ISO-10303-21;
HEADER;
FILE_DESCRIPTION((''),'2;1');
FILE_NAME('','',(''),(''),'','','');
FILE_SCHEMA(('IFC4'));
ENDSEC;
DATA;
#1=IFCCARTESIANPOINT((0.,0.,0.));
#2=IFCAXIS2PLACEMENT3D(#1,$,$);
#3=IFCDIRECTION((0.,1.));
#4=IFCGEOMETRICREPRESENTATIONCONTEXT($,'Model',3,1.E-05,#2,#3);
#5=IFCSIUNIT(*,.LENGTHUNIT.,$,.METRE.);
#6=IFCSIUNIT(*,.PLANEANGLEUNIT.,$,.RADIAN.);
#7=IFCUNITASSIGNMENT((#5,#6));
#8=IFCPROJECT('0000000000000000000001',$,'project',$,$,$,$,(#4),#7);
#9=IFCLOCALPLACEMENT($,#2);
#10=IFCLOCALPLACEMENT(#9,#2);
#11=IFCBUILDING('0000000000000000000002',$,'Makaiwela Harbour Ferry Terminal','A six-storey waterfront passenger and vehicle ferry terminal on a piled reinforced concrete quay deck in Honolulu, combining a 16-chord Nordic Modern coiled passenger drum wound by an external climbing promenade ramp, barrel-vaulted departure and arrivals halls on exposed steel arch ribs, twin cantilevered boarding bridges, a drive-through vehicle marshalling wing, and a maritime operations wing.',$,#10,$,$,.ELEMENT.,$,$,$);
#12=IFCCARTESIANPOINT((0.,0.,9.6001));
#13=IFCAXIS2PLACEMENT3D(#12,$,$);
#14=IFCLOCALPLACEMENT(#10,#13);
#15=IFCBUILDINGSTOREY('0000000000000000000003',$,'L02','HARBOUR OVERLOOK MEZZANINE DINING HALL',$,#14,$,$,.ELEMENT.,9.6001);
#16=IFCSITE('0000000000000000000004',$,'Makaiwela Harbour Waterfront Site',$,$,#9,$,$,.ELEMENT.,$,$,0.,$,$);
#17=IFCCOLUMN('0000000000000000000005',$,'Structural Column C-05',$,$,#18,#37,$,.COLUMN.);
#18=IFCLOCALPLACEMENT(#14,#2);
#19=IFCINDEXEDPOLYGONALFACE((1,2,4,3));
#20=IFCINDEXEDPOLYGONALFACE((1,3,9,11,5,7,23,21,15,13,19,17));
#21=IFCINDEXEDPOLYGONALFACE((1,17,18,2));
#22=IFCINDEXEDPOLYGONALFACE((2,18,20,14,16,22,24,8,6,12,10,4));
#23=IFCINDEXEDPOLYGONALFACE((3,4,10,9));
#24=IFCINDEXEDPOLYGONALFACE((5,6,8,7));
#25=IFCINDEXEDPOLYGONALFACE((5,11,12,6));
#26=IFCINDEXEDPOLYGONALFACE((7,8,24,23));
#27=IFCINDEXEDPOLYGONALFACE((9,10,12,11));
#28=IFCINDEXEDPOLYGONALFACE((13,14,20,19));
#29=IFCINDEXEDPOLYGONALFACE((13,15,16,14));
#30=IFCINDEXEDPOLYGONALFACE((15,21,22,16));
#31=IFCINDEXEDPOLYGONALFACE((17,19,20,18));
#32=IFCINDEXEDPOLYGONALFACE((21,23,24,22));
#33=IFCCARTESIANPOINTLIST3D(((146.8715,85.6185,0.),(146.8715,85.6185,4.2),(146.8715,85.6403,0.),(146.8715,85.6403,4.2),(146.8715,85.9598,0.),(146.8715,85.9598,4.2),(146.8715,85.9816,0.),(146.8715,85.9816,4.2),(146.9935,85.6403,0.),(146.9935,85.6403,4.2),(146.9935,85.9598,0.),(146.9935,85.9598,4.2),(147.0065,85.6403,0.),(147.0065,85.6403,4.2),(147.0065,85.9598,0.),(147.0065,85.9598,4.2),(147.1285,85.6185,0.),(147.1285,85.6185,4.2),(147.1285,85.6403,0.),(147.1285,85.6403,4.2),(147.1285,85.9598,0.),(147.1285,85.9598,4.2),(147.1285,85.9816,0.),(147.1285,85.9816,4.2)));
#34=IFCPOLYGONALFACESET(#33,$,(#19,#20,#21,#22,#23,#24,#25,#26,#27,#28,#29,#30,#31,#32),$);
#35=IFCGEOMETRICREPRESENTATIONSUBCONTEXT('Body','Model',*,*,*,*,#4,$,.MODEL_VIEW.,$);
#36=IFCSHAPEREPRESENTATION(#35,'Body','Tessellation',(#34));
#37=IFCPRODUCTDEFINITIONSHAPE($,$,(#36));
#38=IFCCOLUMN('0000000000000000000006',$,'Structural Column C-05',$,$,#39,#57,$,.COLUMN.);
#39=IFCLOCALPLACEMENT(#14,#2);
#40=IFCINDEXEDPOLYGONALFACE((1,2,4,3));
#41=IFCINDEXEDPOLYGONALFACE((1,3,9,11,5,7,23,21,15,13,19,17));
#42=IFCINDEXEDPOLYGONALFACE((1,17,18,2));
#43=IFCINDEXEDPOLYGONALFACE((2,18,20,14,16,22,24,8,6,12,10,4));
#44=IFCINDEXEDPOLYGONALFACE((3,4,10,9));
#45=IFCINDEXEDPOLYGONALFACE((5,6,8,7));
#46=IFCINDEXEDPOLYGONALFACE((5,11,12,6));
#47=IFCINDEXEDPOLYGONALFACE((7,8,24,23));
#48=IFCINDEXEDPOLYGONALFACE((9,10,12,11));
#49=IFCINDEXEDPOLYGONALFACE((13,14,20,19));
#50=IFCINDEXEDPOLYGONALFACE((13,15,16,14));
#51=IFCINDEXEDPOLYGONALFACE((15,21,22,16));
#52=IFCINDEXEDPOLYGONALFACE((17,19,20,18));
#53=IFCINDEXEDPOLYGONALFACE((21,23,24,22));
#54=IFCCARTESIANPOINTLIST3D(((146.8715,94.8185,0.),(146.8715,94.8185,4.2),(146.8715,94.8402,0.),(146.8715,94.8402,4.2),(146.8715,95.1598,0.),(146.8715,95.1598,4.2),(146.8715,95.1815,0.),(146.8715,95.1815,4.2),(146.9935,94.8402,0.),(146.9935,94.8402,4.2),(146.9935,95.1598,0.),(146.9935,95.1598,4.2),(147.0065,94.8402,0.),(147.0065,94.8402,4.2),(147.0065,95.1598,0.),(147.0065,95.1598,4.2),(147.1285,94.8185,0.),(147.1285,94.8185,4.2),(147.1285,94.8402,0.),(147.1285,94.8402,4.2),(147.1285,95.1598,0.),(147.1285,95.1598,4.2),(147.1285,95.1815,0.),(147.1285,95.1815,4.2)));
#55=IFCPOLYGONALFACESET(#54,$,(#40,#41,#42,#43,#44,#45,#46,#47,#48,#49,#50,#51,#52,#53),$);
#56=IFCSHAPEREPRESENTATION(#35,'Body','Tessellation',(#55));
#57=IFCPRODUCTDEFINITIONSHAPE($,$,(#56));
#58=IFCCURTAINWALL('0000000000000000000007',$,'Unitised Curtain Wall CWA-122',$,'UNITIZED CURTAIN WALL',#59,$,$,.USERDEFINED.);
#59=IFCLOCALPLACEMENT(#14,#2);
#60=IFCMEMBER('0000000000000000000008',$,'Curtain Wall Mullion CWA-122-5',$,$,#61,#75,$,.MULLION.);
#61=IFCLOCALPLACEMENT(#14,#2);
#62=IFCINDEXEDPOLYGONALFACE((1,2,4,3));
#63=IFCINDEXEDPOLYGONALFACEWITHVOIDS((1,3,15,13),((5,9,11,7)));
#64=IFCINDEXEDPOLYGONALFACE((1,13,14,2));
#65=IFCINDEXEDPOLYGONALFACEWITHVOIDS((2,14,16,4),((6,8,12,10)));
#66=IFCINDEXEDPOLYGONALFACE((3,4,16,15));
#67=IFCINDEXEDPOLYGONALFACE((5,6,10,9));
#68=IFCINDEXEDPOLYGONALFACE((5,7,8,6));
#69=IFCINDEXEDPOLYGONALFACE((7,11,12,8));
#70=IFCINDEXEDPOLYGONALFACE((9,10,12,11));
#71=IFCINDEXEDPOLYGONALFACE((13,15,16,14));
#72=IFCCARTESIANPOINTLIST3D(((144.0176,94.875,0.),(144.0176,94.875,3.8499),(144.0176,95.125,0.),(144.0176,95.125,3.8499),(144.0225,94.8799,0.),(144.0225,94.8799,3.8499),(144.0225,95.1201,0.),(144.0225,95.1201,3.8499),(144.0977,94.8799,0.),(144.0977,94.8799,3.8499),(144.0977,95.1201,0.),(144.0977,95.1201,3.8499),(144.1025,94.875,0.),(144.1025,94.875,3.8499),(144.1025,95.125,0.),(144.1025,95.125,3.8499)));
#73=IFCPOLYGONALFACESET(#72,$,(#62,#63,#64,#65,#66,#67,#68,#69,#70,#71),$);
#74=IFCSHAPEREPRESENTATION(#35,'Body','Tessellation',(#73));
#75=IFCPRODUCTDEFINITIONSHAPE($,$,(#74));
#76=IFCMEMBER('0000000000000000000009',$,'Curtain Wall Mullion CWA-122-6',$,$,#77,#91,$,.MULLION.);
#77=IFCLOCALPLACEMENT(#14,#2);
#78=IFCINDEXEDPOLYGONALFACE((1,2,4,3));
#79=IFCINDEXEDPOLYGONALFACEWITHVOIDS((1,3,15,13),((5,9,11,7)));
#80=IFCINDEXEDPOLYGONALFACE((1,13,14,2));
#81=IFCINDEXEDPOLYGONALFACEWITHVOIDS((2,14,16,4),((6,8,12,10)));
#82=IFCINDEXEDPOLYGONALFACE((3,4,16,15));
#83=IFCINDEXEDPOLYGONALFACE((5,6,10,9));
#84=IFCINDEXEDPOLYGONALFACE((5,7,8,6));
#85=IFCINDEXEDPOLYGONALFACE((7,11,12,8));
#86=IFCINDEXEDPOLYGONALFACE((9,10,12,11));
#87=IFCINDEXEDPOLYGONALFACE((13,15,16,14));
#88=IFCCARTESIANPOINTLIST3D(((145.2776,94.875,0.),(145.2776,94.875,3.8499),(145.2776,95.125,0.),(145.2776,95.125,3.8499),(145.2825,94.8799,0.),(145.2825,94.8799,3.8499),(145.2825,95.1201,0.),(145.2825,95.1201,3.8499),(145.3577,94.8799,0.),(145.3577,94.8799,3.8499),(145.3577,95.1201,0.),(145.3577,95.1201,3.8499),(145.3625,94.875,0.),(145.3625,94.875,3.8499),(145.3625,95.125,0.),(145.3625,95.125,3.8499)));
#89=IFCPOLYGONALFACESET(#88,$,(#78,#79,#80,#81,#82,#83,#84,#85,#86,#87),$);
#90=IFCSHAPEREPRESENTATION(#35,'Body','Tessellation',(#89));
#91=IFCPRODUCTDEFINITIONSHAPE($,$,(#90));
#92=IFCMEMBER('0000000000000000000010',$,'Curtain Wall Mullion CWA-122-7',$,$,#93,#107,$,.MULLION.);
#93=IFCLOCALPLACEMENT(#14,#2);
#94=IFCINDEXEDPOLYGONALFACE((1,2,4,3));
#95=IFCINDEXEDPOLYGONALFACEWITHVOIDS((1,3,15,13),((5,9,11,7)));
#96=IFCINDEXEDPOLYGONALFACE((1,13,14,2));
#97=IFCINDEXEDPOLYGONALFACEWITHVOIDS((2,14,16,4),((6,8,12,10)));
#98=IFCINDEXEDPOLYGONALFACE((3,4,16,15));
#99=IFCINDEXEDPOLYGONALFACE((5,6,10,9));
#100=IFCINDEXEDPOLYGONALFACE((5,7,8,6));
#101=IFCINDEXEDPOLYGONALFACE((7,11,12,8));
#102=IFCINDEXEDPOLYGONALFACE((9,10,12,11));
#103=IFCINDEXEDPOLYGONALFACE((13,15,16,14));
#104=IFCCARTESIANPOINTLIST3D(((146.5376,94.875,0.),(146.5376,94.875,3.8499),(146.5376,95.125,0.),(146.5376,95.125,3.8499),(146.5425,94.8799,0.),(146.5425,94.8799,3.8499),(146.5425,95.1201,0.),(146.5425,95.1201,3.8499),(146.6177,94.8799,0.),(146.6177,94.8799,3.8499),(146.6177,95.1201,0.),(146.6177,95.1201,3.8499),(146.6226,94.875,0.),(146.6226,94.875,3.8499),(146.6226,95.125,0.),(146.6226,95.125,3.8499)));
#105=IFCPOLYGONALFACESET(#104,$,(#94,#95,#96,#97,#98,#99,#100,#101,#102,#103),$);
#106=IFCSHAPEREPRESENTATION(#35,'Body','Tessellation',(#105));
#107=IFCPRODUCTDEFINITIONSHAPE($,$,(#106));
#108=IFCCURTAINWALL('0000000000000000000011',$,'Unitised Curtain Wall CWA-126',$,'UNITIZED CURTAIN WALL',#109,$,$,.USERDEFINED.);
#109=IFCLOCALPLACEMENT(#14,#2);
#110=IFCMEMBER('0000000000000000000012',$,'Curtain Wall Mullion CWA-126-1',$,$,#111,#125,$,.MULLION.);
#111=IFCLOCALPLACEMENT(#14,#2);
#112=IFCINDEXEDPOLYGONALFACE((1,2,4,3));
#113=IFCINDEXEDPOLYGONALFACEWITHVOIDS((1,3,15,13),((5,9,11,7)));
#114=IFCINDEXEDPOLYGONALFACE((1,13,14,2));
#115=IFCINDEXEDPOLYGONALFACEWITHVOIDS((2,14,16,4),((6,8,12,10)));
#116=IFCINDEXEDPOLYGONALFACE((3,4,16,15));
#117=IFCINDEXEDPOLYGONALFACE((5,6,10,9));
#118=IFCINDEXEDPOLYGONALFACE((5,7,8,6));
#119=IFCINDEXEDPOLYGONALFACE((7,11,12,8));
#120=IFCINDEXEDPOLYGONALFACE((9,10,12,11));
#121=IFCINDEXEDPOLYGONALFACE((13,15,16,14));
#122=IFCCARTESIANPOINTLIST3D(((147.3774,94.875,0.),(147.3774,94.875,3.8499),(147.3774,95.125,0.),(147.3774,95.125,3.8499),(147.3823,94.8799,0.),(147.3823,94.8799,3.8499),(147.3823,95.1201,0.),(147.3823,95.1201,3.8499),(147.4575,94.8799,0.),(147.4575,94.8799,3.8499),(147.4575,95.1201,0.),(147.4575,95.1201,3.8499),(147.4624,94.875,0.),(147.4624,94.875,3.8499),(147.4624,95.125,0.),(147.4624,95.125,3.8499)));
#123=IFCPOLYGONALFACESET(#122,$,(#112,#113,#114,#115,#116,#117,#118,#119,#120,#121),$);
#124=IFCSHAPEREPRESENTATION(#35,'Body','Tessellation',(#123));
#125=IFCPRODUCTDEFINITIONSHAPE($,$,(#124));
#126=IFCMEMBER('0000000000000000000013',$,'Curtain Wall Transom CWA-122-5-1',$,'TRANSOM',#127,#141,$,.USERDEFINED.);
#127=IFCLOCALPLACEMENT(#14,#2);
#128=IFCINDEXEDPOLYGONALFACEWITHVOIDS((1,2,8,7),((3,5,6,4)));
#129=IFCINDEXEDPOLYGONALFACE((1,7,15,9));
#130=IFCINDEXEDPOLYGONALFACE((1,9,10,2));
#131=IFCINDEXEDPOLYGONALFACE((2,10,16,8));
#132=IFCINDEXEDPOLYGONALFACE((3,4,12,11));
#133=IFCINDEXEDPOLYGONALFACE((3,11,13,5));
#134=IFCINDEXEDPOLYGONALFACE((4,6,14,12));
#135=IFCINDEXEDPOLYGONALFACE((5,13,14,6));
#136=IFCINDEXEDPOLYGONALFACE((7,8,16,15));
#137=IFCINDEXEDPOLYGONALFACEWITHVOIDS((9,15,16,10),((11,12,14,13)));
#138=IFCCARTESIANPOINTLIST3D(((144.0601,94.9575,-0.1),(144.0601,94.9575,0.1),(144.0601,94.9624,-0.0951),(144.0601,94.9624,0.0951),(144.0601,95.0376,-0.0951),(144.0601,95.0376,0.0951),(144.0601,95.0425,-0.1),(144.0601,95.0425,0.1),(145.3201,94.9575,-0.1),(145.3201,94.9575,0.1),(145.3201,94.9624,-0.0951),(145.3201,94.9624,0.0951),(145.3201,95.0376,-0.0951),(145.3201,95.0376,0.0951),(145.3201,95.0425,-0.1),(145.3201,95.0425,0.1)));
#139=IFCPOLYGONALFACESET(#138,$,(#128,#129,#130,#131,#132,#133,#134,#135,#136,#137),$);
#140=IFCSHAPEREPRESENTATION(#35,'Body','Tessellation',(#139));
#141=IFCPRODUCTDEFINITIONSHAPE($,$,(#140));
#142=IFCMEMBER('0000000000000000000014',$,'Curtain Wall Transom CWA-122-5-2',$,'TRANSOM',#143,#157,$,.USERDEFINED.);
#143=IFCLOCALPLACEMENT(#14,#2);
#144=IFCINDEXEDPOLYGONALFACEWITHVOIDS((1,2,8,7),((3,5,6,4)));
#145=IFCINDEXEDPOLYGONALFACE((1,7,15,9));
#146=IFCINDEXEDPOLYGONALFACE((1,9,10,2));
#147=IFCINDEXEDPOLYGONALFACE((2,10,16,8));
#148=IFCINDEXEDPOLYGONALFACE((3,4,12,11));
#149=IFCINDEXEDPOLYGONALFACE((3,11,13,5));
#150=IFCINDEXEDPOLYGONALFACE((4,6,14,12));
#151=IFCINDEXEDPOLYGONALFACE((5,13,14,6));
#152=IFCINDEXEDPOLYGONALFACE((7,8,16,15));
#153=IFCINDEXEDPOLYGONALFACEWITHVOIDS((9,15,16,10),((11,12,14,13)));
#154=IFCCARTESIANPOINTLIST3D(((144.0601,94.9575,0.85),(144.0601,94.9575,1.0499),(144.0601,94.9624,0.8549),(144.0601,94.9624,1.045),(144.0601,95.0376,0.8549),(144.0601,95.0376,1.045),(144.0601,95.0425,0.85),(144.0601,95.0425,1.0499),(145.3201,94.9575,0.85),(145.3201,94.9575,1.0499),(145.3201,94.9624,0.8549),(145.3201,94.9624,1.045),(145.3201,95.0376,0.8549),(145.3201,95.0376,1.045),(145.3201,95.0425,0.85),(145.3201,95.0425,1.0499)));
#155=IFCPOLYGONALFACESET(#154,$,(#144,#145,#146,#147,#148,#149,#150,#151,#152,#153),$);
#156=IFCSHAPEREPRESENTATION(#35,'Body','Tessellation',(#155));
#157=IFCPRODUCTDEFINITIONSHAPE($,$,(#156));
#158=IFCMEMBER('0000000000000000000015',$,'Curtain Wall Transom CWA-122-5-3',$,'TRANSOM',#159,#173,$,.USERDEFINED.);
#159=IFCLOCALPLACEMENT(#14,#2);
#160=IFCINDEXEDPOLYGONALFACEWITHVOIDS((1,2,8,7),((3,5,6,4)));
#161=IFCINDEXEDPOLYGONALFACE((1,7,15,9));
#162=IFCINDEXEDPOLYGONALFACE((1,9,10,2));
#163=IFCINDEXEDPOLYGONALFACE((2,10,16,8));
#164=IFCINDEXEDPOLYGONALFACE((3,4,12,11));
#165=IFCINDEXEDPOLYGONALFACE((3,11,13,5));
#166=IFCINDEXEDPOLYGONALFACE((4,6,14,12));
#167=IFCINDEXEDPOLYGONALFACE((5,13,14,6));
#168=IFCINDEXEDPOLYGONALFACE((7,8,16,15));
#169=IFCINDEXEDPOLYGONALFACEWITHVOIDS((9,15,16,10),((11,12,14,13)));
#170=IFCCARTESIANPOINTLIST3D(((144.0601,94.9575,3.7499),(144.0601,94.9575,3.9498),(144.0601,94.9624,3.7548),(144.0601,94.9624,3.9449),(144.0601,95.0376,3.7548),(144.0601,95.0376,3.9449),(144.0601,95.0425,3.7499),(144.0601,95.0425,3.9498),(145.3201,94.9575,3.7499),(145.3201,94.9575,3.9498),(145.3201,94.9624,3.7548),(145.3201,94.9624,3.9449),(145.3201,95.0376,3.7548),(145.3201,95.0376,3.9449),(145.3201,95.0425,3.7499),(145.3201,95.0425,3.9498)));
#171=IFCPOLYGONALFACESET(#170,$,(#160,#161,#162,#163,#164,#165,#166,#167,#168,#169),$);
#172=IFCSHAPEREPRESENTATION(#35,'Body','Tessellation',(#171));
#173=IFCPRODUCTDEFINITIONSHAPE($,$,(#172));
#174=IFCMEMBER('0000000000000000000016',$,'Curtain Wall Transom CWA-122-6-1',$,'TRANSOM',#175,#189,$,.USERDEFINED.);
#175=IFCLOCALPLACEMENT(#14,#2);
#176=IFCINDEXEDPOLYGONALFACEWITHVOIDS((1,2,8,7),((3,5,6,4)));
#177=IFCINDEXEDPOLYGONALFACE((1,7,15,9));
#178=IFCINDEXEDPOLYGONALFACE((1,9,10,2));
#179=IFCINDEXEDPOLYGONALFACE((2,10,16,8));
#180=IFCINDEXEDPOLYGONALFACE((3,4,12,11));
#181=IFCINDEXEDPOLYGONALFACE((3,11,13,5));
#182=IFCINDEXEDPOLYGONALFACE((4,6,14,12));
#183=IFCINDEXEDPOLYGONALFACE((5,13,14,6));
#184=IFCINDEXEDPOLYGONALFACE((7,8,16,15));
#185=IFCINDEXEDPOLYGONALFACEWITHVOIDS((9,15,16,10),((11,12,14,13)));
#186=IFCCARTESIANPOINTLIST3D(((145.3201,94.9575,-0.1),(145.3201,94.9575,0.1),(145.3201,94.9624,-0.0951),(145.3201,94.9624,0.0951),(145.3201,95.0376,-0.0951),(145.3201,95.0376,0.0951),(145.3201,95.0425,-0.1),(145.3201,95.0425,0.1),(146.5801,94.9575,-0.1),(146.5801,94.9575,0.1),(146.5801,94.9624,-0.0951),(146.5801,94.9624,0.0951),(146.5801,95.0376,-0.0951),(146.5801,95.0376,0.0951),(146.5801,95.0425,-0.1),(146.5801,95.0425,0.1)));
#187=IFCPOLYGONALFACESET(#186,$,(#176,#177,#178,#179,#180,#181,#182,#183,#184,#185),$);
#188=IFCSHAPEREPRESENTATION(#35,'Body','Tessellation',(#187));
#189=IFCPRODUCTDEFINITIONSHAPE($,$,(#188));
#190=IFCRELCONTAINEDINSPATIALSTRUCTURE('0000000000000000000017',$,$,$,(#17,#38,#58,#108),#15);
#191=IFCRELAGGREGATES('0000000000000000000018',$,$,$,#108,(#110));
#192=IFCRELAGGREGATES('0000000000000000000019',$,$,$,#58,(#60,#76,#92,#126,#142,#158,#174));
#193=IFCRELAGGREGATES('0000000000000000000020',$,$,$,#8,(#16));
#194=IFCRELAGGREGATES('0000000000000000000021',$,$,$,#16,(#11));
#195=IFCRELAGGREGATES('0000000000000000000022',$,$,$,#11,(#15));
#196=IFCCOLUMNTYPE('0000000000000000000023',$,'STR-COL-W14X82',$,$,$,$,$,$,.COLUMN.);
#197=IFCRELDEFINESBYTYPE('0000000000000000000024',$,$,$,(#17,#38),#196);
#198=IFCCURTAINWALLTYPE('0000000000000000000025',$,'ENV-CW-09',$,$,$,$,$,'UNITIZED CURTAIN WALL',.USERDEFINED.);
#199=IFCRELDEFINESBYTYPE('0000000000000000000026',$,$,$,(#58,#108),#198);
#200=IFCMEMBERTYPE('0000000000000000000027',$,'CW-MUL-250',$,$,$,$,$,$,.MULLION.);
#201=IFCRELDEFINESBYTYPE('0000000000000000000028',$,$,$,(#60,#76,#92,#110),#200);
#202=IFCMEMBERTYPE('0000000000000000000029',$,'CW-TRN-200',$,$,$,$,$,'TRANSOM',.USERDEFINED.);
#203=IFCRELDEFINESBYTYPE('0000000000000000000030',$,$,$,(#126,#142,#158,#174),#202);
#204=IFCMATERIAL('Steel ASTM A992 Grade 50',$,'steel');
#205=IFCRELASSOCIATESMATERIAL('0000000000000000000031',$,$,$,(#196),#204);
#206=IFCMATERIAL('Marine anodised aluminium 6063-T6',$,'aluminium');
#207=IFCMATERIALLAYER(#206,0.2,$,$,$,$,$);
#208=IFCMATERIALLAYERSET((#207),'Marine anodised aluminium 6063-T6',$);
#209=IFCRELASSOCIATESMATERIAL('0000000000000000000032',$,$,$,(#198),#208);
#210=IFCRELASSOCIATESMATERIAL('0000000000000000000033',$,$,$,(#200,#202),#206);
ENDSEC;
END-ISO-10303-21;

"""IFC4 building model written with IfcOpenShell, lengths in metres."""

from ifc_helpers import new_model, si_unit, direction, frame, origin, origin_2d, place, context, subcontext, project, spatial, hollow_rectangle, i_section, extrude, material, layer, layer_set, material_profile, profile_set, type_object, element, aggregate, save


model = new_model("IFC4")

# Units and contexts
model_context = context("Model", 3, precision=1e-05, world=origin(), true_north=direction((0.0, 1.0)))
body_context = subcontext(model_context, "Body", "Model", "MODEL_VIEW")
ifc_project = project(units=[si_unit("LENGTHUNIT", "METRE"), si_unit("PLANEANGLEUNIT", "RADIAN")], contexts=[model_context])

# Site, building, storey
site_placement = place(None, origin())
site = spatial("IfcSite", under=ifc_project, at=site_placement, Name="Makaiwela Harbour Waterfront Site", CompositionType="ELEMENT", RefElevation=0.0)
building_placement = place(site_placement, origin())
building = spatial("IfcBuilding", under=site, at=building_placement, Name="Makaiwela Harbour Ferry Terminal", Description="A six-storey waterfront passenger and vehicle ferry terminal on a piled reinforced concrete quay deck in Honolulu, combining a 16-chord Nordic Modern coiled passenger drum wound by an external climbing promenade ramp, barrel-vaulted departure and arrivals halls on exposed steel arch ribs, twin cantilevered boarding bridges, a drive-through vehicle marshalling wing, and a maritime operations wing.", CompositionType="ELEMENT")
storey_placement = place(building_placement, frame((0.0, 0.0, 9.6001)))
storey = spatial("IfcBuildingStorey", under=building, at=storey_placement, Name="L02", Description="HARBOUR OVERLOOK MEZZANINE DINING HALL", CompositionType="ELEMENT", Elevation=9.6001)

# Columns
ifc_material_1 = material(Name="Steel ASTM A992 Grade 50", Category="steel")
ifc_material_profile_1 = material_profile(ifc_material_1, i_section(OverallWidth=0.2571, OverallDepth=0.363, WebThickness=0.0129, FlangeThickness=0.0217, at=origin_2d()), Name="W14X82")
ifc_profile_set_1 = profile_set([ifc_material_profile_1], Name="Steel ASTM A992 Grade 50")
column_type = type_object("IfcColumnType", Name="STR-COL-W14X82", PredefinedType="COLUMN", material=ifc_profile_set_1)
for number, where, z_axis, x_axis, name in (
    (1, (147.0, 85.8, 0.0), (0.0, 0.0, 1.0), (1.0, 0.0, 0.0), "Structural Column C-05"),
    (2, (147.0, 95.0, 0.0), (0.0, 0.0, 1.0), (1.0, 0.0, 0.0), "Structural Column C-05"),
):
    element("IfcColumn", number, at=place(storey_placement, frame(where, z_axis=z_axis, x_axis=x_axis)), inside=storey, type_object=column_type, Name=name, PredefinedType="COLUMN", context=body_context, shape_type="SweptSolid", body=[
        extrude(i_section(OverallWidth=0.2571, OverallDepth=0.363, WebThickness=0.0129, FlangeThickness=0.0217, at=origin_2d()), origin(), (0.0, 0.0, 1.0), 4.2),
    ])

# Curtain wall, members
ifc_material_2 = material(Name="Marine anodised aluminium 6063-T6", Category="aluminium")
ifc_layer_1 = layer(ifc_material_2, 0.2)
ifc_layer_set_1 = layer_set([ifc_layer_1], Name="Marine anodised aluminium 6063-T6")
curtain_wall_type = type_object("IfcCurtainWallType", Name="ENV-CW-09", ElementType="UNITIZED CURTAIN WALL", PredefinedType="USERDEFINED", material=ifc_layer_set_1)
curtain_wall_1_placement = place(storey_placement, origin())
curtain_wall_1 = element("IfcCurtainWall", 3, at=curtain_wall_1_placement, inside=storey, type_object=curtain_wall_type, Name="Unitised Curtain Wall CWA-122", ObjectType="UNITIZED CURTAIN WALL", PredefinedType="USERDEFINED")
ifc_material_profile_2 = material_profile(ifc_material_2, hollow_rectangle(XDim=0.085, YDim=0.25, WallThickness=0.0049, at=origin_2d()), Name="CWM-250X85")
ifc_profile_set_2 = profile_set([ifc_material_profile_2], Name="Marine anodised aluminium 6063-T6")
member_type_1 = type_object("IfcMemberType", Name="CW-MUL-250", PredefinedType="MULLION", material=ifc_profile_set_2)
member_1_placement = place(storey_placement, frame((144.0601, 95.0, 0.0), z_axis=(0.0, 0.0, 1.0), x_axis=(1.0, 0.0, 0.0)))
member_1 = element("IfcMember", 4, at=member_1_placement, type_object=member_type_1, Name="Curtain Wall Mullion CWA-122-5", PredefinedType="MULLION", context=body_context, shape_type="SweptSolid", body=[
    extrude(hollow_rectangle(XDim=0.085, YDim=0.25, WallThickness=0.0049, at=origin_2d()), origin(), (0.0, 0.0, 1.0), 3.8499),
])
member_2_placement = place(storey_placement, frame((145.3201, 95.0, 0.0), z_axis=(0.0, 0.0, 1.0), x_axis=(1.0, 0.0, 0.0)))
member_2 = element("IfcMember", 5, at=member_2_placement, type_object=member_type_1, Name="Curtain Wall Mullion CWA-122-6", PredefinedType="MULLION", context=body_context, shape_type="SweptSolid", body=[
    extrude(hollow_rectangle(XDim=0.085, YDim=0.25, WallThickness=0.0049, at=origin_2d()), origin(), (0.0, 0.0, 1.0), 3.8499),
])
member_3_placement = place(storey_placement, frame((146.5801, 95.0, 0.0), z_axis=(0.0, 0.0, 1.0), x_axis=(1.0, 0.0, 0.0)))
member_3 = element("IfcMember", 6, at=member_3_placement, type_object=member_type_1, Name="Curtain Wall Mullion CWA-122-7", PredefinedType="MULLION", context=body_context, shape_type="SweptSolid", body=[
    extrude(hollow_rectangle(XDim=0.085, YDim=0.25, WallThickness=0.0049, at=origin_2d()), origin(), (0.0, 0.0, 1.0), 3.8499),
])

# Curtain wall, member
curtain_wall_2_placement = place(storey_placement, origin())
curtain_wall_2 = element("IfcCurtainWall", 7, at=curtain_wall_2_placement, inside=storey, type_object=curtain_wall_type, Name="Unitised Curtain Wall CWA-126", ObjectType="UNITIZED CURTAIN WALL", PredefinedType="USERDEFINED")
member_4_placement = place(storey_placement, frame((147.4199, 95.0, 0.0), z_axis=(0.0, 0.0, 1.0), x_axis=(1.0, 0.0, 0.0)))
member_4 = element("IfcMember", 8, at=member_4_placement, type_object=member_type_1, Name="Curtain Wall Mullion CWA-126-1", PredefinedType="MULLION", context=body_context, shape_type="SweptSolid", body=[
    extrude(hollow_rectangle(XDim=0.085, YDim=0.25, WallThickness=0.0049, at=origin_2d()), origin(), (0.0, 0.0, 1.0), 3.8499),
])

# Members
ifc_material_profile_3 = material_profile(ifc_material_2, hollow_rectangle(XDim=0.085, YDim=0.2, WallThickness=0.0049, at=origin_2d()), Name="CWT-200X85")
ifc_profile_set_3 = profile_set([ifc_material_profile_3], Name="Marine anodised aluminium 6063-T6")
member_type_2 = type_object("IfcMemberType", Name="CW-TRN-200", ElementType="TRANSOM", PredefinedType="USERDEFINED", material=ifc_profile_set_3)
member_5_placement = place(storey_placement, frame((144.0601, 95.0, 0.0), z_axis=(1.0, 0.0, 0.0), x_axis=(0.0, 1.0, 0.0)))
member_5 = element("IfcMember", 9, at=member_5_placement, type_object=member_type_2, Name="Curtain Wall Transom CWA-122-5-1", ObjectType="TRANSOM", PredefinedType="USERDEFINED", context=body_context, shape_type="SweptSolid", body=[
    extrude(hollow_rectangle(XDim=0.085, YDim=0.2, WallThickness=0.0049, at=origin_2d()), origin(), (0.0, 0.0, 1.0), 1.26),
])
member_6_placement = place(storey_placement, frame((144.0601, 95.0, 0.95), z_axis=(1.0, 0.0, 0.0), x_axis=(0.0, 1.0, 0.0)))
member_6 = element("IfcMember", 10, at=member_6_placement, type_object=member_type_2, Name="Curtain Wall Transom CWA-122-5-2", ObjectType="TRANSOM", PredefinedType="USERDEFINED", context=body_context, shape_type="SweptSolid", body=[
    extrude(hollow_rectangle(XDim=0.085, YDim=0.2, WallThickness=0.0049, at=origin_2d()), origin(), (0.0, 0.0, 1.0), 1.26),
])
member_7_placement = place(storey_placement, frame((144.0601, 95.0, 3.8499), z_axis=(1.0, 0.0, 0.0), x_axis=(0.0, 1.0, 0.0)))
member_7 = element("IfcMember", 11, at=member_7_placement, type_object=member_type_2, Name="Curtain Wall Transom CWA-122-5-3", ObjectType="TRANSOM", PredefinedType="USERDEFINED", context=body_context, shape_type="SweptSolid", body=[
    extrude(hollow_rectangle(XDim=0.085, YDim=0.2, WallThickness=0.0049, at=origin_2d()), origin(), (0.0, 0.0, 1.0), 1.26),
])
member_8_placement = place(storey_placement, frame((145.3201, 95.0, 0.0), z_axis=(1.0, 0.0, 0.0), x_axis=(0.0, 1.0, 0.0)))
member_8 = element("IfcMember", 12, at=member_8_placement, type_object=member_type_2, Name="Curtain Wall Transom CWA-122-6-1", ObjectType="TRANSOM", PredefinedType="USERDEFINED", context=body_context, shape_type="SweptSolid", body=[
    extrude(hollow_rectangle(XDim=0.085, YDim=0.2, WallThickness=0.0049, at=origin_2d()), origin(), (0.0, 0.0, 1.0), 1.26),
])
aggregate(curtain_wall_2, [member_4])

aggregate(curtain_wall_1, [member_1, member_2, member_3, member_5, member_6, member_7, member_8])

save(model, "model.ifc")
